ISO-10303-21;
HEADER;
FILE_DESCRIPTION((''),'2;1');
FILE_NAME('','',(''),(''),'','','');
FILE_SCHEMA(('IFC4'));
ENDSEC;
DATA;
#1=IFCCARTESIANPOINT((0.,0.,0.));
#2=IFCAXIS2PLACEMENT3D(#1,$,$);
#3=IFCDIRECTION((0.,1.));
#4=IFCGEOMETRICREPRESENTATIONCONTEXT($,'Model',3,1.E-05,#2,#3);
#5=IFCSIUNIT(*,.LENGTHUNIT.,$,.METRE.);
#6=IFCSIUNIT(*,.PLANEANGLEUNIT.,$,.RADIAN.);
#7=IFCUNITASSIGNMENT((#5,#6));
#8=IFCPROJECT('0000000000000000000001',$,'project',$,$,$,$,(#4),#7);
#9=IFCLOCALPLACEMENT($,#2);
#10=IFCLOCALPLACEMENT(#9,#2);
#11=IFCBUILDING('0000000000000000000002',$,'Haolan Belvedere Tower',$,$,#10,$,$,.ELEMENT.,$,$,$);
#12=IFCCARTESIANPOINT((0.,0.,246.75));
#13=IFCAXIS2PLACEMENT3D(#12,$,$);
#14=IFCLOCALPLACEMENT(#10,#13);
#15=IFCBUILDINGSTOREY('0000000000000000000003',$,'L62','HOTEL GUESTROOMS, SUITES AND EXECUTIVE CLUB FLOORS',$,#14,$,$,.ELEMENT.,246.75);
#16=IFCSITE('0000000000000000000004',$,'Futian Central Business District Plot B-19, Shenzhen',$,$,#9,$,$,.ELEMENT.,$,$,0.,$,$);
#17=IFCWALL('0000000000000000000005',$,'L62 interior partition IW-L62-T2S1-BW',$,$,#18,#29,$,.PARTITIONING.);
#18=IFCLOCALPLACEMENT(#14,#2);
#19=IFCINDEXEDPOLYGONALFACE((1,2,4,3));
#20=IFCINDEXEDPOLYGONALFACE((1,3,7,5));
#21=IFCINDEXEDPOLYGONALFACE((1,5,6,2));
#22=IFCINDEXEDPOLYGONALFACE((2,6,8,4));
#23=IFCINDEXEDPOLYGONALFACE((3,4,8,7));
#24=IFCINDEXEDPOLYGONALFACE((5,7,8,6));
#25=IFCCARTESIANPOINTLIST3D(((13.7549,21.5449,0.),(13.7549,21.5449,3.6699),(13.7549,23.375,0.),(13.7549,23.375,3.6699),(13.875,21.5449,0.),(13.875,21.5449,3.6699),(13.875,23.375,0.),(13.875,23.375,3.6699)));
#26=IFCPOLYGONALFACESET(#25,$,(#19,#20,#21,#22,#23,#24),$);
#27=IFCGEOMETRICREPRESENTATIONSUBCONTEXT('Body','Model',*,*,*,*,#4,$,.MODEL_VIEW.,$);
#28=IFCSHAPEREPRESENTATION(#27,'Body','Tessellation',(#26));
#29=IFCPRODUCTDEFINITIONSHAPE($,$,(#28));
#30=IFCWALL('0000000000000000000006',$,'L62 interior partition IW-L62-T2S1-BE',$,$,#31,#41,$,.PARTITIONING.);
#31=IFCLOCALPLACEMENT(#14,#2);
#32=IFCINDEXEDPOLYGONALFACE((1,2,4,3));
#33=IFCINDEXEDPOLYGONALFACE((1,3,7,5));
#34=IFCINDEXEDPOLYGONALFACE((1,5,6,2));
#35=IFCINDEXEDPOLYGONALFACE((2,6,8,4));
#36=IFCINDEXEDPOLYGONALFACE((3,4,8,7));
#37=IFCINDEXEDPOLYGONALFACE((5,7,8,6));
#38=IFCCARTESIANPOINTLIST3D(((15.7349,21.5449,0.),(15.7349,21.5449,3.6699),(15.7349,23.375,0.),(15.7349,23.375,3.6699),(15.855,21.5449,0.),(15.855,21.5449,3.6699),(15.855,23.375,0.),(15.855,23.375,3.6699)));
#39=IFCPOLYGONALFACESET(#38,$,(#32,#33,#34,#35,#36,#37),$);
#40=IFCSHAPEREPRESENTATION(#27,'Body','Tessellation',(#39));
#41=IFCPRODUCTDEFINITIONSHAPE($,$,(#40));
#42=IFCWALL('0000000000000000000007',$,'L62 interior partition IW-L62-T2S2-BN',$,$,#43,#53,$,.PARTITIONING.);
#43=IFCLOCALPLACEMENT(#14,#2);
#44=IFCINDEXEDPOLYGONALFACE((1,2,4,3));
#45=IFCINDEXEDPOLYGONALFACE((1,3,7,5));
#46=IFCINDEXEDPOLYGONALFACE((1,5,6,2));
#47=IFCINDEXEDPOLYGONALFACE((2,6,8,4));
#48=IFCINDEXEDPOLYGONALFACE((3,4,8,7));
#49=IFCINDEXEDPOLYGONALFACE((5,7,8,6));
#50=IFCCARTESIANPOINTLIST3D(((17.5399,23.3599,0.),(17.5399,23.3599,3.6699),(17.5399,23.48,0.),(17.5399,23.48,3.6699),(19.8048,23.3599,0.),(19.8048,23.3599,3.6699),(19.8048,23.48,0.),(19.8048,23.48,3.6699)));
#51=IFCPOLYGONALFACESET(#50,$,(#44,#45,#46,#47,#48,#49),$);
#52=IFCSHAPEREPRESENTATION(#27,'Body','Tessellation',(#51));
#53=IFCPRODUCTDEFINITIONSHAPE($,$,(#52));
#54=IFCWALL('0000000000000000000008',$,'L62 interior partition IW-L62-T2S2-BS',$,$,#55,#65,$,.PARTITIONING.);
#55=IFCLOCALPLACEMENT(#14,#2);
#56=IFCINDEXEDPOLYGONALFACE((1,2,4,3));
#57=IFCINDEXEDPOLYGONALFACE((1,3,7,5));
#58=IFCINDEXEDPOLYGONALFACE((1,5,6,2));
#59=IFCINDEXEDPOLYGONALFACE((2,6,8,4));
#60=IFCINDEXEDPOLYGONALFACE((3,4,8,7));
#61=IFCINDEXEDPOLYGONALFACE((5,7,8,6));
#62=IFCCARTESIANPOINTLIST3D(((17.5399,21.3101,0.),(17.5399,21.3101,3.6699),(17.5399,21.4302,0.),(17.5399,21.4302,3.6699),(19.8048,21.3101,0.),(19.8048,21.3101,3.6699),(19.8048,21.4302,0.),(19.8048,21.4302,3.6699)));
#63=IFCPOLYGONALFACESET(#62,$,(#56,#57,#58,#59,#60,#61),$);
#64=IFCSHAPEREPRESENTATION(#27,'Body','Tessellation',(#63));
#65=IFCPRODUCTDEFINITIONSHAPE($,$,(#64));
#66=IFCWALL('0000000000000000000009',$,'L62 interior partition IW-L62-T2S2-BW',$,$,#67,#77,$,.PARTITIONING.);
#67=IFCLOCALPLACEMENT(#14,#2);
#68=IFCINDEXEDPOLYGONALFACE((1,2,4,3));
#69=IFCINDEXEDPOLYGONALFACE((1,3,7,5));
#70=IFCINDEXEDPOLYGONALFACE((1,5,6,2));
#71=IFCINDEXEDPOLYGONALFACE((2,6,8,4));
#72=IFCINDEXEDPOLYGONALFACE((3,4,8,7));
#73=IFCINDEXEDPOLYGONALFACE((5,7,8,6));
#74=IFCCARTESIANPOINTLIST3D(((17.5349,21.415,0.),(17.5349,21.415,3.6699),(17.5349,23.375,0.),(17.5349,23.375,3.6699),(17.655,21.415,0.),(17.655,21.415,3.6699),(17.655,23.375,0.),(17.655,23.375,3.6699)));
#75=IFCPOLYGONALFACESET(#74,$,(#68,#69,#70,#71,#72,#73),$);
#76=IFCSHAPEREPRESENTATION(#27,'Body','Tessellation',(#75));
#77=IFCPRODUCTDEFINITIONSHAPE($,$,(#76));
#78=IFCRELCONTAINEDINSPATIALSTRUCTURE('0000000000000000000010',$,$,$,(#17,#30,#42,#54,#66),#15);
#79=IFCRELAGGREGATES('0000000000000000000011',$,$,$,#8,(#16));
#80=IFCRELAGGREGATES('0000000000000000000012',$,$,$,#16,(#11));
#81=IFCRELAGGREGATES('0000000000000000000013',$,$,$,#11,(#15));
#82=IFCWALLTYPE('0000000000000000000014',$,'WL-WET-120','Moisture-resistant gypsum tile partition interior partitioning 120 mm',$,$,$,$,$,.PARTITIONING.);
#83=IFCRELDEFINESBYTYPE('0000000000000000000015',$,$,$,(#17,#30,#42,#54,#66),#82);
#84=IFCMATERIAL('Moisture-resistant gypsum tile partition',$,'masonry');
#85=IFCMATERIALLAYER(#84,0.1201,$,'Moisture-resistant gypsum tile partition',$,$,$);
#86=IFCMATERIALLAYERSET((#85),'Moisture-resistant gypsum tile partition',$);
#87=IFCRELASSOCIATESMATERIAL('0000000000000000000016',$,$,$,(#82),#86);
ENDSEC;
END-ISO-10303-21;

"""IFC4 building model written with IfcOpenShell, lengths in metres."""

from ifc_helpers import new_model, si_unit, direction, frame, frame_2d, origin, place, context, subcontext, project, spatial, rectangle, extrude, material, layer, layer_set, type_object, element, save


model = new_model("IFC4")

# Units and contexts
model_context = context("Model", 3, precision=1e-05, world=origin(), true_north=direction((0.0, 1.0)))
body_context = subcontext(model_context, "Body", "Model", "MODEL_VIEW")
ifc_project = project(units=[si_unit("LENGTHUNIT", "METRE"), si_unit("PLANEANGLEUNIT", "RADIAN")], contexts=[model_context])

# Site, building, storey
site_placement = place(None, origin())
site = spatial("IfcSite", under=ifc_project, at=site_placement, Name="Futian Central Business District Plot B-19, Shenzhen", CompositionType="ELEMENT", RefElevation=0.0)
building_placement = place(site_placement, origin())
building = spatial("IfcBuilding", under=site, at=building_placement, Name="Haolan Belvedere Tower", CompositionType="ELEMENT")
storey_placement = place(building_placement, frame((0.0, 0.0, 246.75)))
storey = spatial("IfcBuildingStorey", under=building, at=storey_placement, Name="L62", Description="HOTEL GUESTROOMS, SUITES AND EXECUTIVE CLUB FLOORS", CompositionType="ELEMENT", Elevation=246.75)

# Shared definitions
ifc_material_1 = material(Name="Moisture-resistant gypsum tile partition", Category="masonry")
ifc_layer_1 = layer(ifc_material_1, 0.1201, Name="Moisture-resistant gypsum tile partition")
ifc_layer_set_1 = layer_set([ifc_layer_1], Name="Moisture-resistant gypsum tile partition")
wall_type_1 = type_object("IfcWallType", Name="WL-WET-120", Description="Moisture-resistant gypsum tile partition interior partitioning 120 mm", PredefinedType="PARTITIONING", material=ifc_layer_set_1)

# Walls
for number, where, z_axis, x_axis, name in (
    (1, (13.8149, 21.5449, 0.0), (0.0, 0.0, 1.0), (0.0, 1.0, 0.0), "L62 interior partition IW-L62-T2S1-BW"),
    (2, (15.7949, 21.5449, 0.0), (0.0, 0.0, 1.0), (0.0, 1.0, 0.0), "L62 interior partition IW-L62-T2S1-BE"),
):
    element("IfcWall", number, at=place(storey_placement, frame(where, z_axis=z_axis, x_axis=x_axis)), inside=storey, type_object=wall_type_1, Name=name, PredefinedType="PARTITIONING", context=body_context, shape_type="SweptSolid", body=[
        extrude(rectangle(XDim=1.8301, YDim=0.1201, at=frame_2d((0.915, 0.0))), origin(), (0.0, 0.0, 1.0), 3.6699),
    ])
for number, where, z_axis, x_axis, name in (
    (3, (17.54, 23.4199, 0.0), (0.0, 0.0, 1.0), (1.0, 0.0, 0.0), "L62 interior partition IW-L62-T2S2-BN"),
    (4, (17.54, 21.3701, 0.0), (0.0, 0.0, 1.0), (1.0, 0.0, 0.0), "L62 interior partition IW-L62-T2S2-BS"),
):
    element("IfcWall", number, at=place(storey_placement, frame(where, z_axis=z_axis, x_axis=x_axis)), inside=storey, type_object=wall_type_1, Name=name, PredefinedType="PARTITIONING", context=body_context, shape_type="SweptSolid", body=[
        extrude(rectangle(XDim=2.2649, YDim=0.1201, at=frame_2d((1.1323, 0.0))), origin(), (0.0, 0.0, 1.0), 3.6699),
    ])
wall_1_placement = place(storey_placement, frame((17.595, 21.415, 0.0), z_axis=(0.0, 0.0, 1.0), x_axis=(0.0, 1.0, 0.0)))
element("IfcWall", 5, at=wall_1_placement, inside=storey, type_object=wall_type_1, Name="L62 interior partition IW-L62-T2S2-BW", PredefinedType="PARTITIONING", context=body_context, shape_type="SweptSolid", body=[
    extrude(rectangle(XDim=1.96, YDim=0.1201, at=frame_2d((0.98, 0.0))), origin(), (0.0, 0.0, 1.0), 3.6699),
])

save(model, "model.ifc")
